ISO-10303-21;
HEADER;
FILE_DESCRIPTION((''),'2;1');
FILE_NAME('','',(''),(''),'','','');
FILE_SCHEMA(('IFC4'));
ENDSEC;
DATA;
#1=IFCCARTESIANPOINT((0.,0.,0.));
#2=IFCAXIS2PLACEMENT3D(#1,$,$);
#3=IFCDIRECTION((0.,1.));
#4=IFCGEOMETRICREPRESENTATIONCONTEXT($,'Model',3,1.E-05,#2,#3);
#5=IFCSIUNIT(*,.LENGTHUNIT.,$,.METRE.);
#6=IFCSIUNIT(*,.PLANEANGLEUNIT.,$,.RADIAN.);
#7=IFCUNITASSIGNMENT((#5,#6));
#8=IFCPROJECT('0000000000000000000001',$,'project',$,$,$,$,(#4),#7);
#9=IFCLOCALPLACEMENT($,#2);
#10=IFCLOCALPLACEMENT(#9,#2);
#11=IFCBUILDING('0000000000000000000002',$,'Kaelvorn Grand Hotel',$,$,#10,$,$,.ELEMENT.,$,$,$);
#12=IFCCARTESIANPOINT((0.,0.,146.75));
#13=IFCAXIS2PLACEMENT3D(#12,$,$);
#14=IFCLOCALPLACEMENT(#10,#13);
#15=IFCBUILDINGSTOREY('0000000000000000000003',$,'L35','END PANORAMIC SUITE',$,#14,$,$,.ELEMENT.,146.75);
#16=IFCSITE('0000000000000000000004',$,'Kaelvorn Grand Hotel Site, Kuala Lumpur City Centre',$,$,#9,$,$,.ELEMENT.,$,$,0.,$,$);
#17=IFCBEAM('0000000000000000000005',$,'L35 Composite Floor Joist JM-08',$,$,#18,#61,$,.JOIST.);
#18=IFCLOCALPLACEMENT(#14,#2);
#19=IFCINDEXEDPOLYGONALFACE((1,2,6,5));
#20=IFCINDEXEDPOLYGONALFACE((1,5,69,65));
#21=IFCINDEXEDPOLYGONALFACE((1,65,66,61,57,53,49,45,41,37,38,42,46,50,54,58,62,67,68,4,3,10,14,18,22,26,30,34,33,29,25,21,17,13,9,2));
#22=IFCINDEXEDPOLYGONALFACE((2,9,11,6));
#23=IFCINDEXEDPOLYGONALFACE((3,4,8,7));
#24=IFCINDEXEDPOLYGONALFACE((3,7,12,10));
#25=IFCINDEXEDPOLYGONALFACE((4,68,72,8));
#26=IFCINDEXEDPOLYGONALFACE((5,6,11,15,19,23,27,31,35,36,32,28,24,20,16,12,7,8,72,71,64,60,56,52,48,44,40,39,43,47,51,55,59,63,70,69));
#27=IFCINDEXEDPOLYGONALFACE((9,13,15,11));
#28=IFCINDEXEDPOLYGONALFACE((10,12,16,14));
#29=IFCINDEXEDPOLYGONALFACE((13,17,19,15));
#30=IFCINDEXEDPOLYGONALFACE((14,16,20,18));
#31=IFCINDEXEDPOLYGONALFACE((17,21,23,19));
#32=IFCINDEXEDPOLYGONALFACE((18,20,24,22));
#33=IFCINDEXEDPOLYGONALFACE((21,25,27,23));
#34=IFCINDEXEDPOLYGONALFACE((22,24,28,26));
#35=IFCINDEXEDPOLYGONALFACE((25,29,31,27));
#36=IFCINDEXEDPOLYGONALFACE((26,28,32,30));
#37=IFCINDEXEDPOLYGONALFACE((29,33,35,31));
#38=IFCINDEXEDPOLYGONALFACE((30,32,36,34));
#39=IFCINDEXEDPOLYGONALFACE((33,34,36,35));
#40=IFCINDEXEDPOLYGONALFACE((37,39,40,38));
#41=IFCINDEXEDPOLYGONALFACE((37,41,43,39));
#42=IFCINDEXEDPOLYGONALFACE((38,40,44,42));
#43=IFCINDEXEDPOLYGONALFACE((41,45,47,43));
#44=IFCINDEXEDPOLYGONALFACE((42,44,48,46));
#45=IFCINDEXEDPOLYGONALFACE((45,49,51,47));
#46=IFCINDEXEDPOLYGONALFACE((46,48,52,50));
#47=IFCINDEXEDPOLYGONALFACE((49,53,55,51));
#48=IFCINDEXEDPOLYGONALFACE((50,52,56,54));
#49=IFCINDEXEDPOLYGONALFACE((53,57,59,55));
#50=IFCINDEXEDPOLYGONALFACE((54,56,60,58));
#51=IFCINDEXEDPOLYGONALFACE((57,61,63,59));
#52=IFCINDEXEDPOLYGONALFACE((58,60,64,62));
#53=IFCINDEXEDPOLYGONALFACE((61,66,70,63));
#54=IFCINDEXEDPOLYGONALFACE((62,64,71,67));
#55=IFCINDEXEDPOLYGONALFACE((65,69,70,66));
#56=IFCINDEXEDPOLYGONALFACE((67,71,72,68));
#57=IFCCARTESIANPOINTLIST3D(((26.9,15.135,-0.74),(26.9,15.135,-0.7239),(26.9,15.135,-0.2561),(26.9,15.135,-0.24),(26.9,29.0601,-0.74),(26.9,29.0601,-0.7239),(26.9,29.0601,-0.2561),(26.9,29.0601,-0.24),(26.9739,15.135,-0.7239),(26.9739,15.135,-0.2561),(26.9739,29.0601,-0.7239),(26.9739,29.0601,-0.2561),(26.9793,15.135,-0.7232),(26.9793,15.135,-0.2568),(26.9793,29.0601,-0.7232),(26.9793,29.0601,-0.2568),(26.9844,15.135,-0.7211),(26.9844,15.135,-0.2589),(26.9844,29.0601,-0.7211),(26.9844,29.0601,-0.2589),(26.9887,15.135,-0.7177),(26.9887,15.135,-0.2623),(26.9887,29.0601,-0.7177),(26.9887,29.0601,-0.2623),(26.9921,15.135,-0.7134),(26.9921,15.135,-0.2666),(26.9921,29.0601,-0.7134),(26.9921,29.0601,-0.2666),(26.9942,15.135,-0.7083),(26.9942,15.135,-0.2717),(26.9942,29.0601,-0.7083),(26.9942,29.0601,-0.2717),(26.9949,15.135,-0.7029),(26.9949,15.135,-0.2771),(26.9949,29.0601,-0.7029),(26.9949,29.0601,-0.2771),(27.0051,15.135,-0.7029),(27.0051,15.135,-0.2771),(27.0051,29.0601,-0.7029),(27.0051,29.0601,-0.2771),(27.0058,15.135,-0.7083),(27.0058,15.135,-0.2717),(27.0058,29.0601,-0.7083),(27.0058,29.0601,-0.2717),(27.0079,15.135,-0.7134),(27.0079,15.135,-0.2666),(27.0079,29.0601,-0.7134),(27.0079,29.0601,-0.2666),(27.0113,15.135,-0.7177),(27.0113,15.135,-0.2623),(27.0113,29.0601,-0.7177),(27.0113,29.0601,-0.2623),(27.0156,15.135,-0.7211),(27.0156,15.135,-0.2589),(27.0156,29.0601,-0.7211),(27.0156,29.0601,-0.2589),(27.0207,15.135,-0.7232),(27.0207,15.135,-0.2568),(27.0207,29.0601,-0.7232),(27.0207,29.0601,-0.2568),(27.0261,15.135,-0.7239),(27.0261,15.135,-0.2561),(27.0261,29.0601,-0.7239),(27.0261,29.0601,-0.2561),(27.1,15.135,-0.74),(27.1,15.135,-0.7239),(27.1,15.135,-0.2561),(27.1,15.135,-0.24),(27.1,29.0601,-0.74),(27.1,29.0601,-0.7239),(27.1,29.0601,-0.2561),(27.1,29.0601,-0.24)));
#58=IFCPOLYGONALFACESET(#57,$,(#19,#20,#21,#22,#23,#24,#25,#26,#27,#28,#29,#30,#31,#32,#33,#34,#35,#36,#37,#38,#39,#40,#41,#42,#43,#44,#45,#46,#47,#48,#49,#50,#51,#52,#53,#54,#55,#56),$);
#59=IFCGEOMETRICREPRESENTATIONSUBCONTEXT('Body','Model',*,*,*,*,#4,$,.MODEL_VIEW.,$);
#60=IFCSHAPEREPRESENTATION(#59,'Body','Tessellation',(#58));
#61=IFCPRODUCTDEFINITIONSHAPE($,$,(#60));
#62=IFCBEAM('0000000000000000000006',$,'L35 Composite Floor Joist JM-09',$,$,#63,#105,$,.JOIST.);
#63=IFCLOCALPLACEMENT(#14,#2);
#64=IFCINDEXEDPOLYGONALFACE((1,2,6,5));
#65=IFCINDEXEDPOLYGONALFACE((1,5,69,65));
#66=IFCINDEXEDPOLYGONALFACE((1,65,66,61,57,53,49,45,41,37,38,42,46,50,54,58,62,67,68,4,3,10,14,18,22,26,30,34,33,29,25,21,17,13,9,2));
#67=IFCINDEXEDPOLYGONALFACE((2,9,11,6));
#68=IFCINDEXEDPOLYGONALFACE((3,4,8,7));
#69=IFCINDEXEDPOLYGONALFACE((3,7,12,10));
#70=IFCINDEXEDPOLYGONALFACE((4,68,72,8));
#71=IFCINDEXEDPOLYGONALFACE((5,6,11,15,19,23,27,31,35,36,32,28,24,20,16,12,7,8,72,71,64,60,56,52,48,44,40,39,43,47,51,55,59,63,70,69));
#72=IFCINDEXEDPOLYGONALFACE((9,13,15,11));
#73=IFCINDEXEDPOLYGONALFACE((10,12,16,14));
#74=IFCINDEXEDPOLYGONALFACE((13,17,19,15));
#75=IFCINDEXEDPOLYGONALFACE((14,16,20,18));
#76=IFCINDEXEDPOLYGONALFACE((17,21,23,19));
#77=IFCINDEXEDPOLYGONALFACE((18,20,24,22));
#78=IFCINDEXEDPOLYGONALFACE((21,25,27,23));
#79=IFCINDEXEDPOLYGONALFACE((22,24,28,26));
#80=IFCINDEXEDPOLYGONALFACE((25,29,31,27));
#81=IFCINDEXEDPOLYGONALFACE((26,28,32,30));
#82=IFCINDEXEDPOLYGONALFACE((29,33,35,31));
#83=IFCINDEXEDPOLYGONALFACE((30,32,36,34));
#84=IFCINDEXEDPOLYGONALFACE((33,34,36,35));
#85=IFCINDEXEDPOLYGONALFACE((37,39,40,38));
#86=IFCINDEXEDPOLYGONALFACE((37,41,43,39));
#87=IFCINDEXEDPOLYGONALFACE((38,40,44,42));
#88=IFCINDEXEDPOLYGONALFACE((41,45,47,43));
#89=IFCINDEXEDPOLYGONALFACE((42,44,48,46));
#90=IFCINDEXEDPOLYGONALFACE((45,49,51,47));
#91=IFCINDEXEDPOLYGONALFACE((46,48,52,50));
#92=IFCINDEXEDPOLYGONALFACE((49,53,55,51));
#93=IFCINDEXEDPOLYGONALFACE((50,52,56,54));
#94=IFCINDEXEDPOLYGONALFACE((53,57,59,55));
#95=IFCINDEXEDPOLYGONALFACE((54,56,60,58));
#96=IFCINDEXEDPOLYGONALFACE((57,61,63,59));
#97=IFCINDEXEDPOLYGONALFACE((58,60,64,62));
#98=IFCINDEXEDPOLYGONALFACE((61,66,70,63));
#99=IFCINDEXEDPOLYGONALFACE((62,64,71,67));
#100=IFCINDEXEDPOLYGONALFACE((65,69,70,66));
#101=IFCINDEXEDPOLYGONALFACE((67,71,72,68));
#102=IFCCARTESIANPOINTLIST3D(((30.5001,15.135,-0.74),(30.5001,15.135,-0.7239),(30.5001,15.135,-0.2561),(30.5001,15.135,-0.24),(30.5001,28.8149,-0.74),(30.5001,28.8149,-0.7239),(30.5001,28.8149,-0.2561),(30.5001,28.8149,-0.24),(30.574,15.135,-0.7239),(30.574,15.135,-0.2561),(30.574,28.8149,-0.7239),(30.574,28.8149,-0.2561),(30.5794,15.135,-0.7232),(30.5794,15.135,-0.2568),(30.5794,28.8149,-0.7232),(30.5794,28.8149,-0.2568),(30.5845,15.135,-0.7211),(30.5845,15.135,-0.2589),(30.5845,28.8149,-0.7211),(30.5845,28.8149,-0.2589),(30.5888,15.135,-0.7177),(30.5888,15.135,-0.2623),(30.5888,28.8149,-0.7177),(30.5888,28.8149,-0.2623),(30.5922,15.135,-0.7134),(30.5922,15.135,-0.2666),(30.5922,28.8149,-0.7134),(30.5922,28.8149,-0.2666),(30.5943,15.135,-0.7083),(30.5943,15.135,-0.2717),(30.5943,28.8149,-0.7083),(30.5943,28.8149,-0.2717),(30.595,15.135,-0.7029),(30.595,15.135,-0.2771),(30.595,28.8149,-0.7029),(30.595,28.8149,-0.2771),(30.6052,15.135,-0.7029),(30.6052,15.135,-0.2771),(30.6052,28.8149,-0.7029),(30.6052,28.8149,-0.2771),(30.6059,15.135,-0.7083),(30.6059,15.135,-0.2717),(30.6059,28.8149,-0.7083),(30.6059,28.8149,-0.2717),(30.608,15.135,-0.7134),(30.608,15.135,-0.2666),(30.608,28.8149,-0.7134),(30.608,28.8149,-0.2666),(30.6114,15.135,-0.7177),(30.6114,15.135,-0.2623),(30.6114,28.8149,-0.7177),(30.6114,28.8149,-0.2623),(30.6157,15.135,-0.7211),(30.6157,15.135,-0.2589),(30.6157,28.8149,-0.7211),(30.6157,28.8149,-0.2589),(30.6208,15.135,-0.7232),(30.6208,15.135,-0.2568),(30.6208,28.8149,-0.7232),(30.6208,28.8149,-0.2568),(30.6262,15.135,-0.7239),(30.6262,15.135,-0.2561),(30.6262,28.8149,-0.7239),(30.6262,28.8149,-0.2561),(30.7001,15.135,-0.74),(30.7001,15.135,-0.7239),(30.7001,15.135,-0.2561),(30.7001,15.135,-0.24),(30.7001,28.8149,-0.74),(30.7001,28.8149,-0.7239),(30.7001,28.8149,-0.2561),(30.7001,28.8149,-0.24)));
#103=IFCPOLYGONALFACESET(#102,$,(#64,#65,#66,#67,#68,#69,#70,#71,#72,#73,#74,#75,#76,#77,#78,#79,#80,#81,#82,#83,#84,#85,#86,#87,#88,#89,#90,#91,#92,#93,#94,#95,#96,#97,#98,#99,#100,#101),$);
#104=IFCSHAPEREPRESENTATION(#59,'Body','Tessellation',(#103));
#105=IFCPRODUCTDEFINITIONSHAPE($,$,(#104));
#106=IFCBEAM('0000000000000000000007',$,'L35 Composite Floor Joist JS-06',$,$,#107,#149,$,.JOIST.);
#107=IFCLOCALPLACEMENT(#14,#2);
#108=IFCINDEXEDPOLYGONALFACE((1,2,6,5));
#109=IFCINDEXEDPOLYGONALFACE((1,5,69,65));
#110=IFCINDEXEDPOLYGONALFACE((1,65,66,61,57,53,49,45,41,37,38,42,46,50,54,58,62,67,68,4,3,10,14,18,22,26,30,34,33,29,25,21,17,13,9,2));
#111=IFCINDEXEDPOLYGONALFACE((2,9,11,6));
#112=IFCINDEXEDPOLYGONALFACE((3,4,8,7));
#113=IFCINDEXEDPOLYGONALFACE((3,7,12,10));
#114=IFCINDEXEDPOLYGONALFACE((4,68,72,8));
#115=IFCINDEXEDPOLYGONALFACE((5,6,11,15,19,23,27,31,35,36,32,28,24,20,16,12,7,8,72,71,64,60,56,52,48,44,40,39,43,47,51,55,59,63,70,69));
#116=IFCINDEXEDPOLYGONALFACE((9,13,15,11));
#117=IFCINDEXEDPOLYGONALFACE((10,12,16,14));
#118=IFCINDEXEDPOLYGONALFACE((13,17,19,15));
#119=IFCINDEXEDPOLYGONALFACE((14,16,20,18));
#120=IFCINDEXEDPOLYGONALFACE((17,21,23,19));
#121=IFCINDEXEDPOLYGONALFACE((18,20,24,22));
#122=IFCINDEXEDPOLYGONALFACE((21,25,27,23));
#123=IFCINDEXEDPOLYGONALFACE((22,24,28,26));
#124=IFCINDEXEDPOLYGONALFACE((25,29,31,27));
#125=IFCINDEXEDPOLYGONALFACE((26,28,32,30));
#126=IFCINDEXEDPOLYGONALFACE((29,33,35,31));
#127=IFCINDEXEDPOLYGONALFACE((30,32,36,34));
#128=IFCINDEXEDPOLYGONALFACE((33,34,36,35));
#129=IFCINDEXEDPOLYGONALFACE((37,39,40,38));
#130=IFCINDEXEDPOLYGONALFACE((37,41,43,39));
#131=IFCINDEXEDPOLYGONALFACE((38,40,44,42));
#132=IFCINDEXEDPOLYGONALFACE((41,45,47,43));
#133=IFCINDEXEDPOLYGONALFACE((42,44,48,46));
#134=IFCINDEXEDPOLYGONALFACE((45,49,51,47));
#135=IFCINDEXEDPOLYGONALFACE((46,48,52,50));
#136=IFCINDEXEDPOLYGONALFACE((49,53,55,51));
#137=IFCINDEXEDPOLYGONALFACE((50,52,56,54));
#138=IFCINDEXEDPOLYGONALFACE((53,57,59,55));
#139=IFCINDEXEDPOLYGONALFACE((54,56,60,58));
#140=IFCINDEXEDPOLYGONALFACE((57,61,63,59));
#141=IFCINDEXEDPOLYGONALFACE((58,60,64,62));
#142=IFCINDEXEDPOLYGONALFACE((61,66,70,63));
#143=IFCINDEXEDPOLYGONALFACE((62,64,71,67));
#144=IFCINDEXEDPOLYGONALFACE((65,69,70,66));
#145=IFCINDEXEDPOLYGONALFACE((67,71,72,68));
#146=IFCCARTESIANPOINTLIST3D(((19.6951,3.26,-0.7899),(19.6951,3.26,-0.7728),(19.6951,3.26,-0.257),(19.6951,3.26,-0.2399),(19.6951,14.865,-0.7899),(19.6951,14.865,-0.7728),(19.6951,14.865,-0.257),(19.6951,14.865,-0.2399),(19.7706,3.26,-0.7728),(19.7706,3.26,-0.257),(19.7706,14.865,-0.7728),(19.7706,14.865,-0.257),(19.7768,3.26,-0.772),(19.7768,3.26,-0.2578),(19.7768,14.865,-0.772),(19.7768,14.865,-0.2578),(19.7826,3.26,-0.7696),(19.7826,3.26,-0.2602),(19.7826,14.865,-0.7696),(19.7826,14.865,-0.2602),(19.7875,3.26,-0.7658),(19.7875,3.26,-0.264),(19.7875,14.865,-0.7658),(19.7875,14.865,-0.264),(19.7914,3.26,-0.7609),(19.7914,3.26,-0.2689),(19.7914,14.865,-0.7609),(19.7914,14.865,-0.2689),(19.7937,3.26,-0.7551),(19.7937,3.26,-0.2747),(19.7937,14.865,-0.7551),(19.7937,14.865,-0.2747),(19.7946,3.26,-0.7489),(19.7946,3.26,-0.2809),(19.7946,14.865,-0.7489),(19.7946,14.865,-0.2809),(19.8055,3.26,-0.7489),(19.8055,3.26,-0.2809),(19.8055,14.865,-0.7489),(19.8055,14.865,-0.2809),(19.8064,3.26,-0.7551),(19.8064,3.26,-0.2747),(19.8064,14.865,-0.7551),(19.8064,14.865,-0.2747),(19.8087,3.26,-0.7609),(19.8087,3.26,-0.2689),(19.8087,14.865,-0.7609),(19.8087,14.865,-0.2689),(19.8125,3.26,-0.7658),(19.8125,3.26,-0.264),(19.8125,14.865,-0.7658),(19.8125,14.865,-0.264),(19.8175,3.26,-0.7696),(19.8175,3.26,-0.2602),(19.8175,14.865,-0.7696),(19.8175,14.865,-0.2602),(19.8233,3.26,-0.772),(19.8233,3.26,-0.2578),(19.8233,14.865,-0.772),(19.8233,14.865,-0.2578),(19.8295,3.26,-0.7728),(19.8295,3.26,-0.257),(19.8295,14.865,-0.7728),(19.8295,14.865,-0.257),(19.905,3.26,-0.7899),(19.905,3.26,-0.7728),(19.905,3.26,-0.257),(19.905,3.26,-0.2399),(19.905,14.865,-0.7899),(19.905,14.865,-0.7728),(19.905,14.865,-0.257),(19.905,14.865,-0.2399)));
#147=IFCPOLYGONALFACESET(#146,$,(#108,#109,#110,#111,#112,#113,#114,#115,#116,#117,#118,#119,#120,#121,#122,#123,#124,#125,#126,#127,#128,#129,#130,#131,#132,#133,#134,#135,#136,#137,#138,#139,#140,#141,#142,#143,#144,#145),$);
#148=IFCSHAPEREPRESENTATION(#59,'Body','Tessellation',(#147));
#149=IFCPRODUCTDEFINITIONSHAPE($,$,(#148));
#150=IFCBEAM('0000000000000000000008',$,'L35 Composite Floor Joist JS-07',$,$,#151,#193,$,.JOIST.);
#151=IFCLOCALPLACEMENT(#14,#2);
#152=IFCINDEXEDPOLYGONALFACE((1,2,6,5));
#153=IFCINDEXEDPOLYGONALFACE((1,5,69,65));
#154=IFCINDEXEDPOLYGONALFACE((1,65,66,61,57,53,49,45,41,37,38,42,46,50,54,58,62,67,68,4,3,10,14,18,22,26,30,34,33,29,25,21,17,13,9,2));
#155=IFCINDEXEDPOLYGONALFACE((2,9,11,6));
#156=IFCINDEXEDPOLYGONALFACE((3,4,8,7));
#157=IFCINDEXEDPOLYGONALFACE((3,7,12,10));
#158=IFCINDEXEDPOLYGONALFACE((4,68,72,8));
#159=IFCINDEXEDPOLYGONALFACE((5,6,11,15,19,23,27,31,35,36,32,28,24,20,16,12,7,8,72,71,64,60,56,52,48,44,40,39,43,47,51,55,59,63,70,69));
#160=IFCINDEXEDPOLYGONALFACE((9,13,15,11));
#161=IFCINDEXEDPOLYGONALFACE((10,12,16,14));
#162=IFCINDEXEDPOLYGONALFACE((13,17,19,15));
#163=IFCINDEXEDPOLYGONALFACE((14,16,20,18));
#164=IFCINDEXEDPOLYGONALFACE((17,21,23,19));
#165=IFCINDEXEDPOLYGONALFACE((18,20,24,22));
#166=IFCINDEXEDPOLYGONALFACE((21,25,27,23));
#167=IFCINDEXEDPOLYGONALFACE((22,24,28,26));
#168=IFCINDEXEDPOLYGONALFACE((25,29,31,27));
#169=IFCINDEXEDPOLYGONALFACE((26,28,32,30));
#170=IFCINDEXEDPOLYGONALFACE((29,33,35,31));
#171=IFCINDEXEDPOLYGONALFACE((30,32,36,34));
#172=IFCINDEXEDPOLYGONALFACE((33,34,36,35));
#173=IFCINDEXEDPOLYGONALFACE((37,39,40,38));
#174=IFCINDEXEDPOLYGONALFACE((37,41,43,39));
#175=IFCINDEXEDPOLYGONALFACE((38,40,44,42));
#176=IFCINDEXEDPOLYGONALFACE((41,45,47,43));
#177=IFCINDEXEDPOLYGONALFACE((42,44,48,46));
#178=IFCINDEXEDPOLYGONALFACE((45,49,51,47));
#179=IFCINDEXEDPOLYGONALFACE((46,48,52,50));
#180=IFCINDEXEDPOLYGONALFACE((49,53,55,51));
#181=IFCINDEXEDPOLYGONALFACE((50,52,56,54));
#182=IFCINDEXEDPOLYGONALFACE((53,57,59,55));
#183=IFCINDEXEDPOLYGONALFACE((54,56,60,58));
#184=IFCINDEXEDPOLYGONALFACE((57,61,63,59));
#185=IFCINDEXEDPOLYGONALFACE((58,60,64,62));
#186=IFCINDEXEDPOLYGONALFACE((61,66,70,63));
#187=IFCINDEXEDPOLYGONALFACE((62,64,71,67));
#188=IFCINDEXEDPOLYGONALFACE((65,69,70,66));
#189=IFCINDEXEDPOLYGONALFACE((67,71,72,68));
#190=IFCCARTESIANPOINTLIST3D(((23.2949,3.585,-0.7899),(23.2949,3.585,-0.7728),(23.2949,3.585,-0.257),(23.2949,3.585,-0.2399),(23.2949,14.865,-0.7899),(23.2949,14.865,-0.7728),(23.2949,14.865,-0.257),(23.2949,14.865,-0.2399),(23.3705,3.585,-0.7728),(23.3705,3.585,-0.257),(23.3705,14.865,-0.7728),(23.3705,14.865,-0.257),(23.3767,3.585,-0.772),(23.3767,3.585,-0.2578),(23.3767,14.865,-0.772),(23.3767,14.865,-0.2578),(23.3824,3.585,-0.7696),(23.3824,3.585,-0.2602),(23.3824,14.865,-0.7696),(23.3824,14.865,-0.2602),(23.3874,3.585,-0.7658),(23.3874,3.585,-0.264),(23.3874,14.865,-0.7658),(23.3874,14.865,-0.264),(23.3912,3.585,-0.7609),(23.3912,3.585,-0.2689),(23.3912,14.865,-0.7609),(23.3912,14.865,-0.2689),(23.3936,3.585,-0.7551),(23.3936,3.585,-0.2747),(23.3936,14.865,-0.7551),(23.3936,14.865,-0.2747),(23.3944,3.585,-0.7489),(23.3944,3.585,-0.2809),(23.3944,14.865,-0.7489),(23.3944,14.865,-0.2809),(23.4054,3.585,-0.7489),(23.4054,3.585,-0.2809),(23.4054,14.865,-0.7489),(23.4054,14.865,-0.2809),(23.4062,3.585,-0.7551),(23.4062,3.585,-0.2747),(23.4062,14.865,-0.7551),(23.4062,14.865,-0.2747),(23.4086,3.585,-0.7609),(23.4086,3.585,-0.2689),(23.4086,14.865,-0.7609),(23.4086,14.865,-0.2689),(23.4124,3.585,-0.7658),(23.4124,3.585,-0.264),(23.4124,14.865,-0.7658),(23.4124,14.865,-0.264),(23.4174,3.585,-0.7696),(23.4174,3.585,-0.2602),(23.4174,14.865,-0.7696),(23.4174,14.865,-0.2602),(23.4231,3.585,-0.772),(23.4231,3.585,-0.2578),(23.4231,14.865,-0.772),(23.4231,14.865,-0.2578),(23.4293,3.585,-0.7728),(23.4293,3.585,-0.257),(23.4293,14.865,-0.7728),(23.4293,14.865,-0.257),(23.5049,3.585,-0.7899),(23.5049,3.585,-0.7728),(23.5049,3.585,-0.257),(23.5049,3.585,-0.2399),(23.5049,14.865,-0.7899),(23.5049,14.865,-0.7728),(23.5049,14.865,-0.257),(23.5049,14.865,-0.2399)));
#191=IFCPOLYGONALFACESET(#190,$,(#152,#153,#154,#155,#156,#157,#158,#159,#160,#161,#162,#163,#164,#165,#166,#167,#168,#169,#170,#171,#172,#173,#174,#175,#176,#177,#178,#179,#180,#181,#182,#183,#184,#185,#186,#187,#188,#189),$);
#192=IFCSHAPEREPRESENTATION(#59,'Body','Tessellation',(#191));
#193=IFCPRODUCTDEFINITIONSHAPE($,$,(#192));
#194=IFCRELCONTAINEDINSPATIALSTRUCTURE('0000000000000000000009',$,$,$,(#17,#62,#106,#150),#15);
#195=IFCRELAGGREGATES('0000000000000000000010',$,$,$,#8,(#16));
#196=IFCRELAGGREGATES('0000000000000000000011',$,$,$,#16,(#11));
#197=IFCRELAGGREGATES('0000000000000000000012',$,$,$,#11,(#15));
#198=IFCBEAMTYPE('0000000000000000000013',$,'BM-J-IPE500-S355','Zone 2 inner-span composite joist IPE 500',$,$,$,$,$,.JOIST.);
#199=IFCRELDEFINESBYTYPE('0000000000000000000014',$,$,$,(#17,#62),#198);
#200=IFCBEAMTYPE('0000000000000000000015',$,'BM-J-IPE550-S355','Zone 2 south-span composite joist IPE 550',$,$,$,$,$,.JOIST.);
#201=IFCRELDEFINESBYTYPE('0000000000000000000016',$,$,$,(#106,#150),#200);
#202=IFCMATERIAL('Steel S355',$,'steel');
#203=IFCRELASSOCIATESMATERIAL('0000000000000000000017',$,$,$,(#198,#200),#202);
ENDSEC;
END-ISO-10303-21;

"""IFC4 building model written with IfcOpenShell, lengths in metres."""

from ifc_helpers import new_model, si_unit, direction, frame, origin, origin_2d, place, context, subcontext, project, spatial, i_section, extrude, material, material_profile, profile_set, type_object, element, save


model = new_model("IFC4")

# Units and contexts
model_context = context("Model", 3, precision=1e-05, world=origin(), true_north=direction((0.0, 1.0)))
body_context = subcontext(model_context, "Body", "Model", "MODEL_VIEW")
ifc_project = project(units=[si_unit("LENGTHUNIT", "METRE"), si_unit("PLANEANGLEUNIT", "RADIAN")], contexts=[model_context])

# Site, building, storey
site_placement = place(None, origin())
site = spatial("IfcSite", under=ifc_project, at=site_placement, Name="Kaelvorn Grand Hotel Site, Kuala Lumpur City Centre", CompositionType="ELEMENT", RefElevation=0.0)
building_placement = place(site_placement, origin())
building = spatial("IfcBuilding", under=site, at=building_placement, Name="Kaelvorn Grand Hotel", CompositionType="ELEMENT")
storey_placement = place(building_placement, frame((0.0, 0.0, 146.75)))
storey = spatial("IfcBuildingStorey", under=building, at=storey_placement, Name="L35", Description="END PANORAMIC SUITE", CompositionType="ELEMENT", Elevation=146.75)

# Beams
ifc_material_1 = material(Name="Steel S355", Category="steel")
ifc_material_profile_1 = material_profile(ifc_material_1, i_section(OverallWidth=0.2, OverallDepth=0.5, WebThickness=0.0103, FlangeThickness=0.0161, FilletRadius=0.021, at=origin_2d()), Name="IPE 500")
ifc_profile_set_1 = profile_set([ifc_material_profile_1], Name="Steel S355")
beam_type_1 = type_object("IfcBeamType", Name="BM-J-IPE500-S355", Description="Zone 2 inner-span composite joist IPE 500", PredefinedType="JOIST", material=ifc_profile_set_1)
beam_1_placement = place(storey_placement, frame((27.0, 15.135, -0.49), z_axis=(0.0, 1.0, 0.0), x_axis=(-1.0, 0.0, 0.0)))
element("IfcBeam", 1, at=beam_1_placement, inside=storey, type_object=beam_type_1, Name="L35 Composite Floor Joist JM-08", PredefinedType="JOIST", context=body_context, shape_type="SweptSolid", body=[
    extrude(i_section(OverallWidth=0.2, OverallDepth=0.5, WebThickness=0.0103, FlangeThickness=0.0161, FilletRadius=0.021, at=origin_2d()), origin(), (0.0, 0.0, 1.0), 13.925),
])
beam_2_placement = place(storey_placement, frame((30.6001, 15.135, -0.49), z_axis=(0.0, 1.0, 0.0), x_axis=(-1.0, 0.0, 0.0)))
element("IfcBeam", 2, at=beam_2_placement, inside=storey, type_object=beam_type_1, Name="L35 Composite Floor Joist JM-09", PredefinedType="JOIST", context=body_context, shape_type="SweptSolid", body=[
    extrude(i_section(OverallWidth=0.2, OverallDepth=0.5, WebThickness=0.0103, FlangeThickness=0.0161, FilletRadius=0.021, at=origin_2d()), origin(), (0.0, 0.0, 1.0), 13.6799),
])
ifc_material_profile_2 = material_profile(ifc_material_1, i_section(OverallWidth=0.21, OverallDepth=0.55, WebThickness=0.011, FlangeThickness=0.0171, FilletRadius=0.0239, at=origin_2d()), Name="IPE 550")
ifc_profile_set_2 = profile_set([ifc_material_profile_2], Name="Steel S355")
beam_type_2 = type_object("IfcBeamType", Name="BM-J-IPE550-S355", Description="Zone 2 south-span composite joist IPE 550", PredefinedType="JOIST", material=ifc_profile_set_2)
beam_3_placement = place(storey_placement, frame((19.8, 3.26, -0.5149), z_axis=(0.0, 1.0, 0.0), x_axis=(-1.0, 0.0, 0.0)))
element("IfcBeam", 3, at=beam_3_placement, inside=storey, type_object=beam_type_2, Name="L35 Composite Floor Joist JS-06", PredefinedType="JOIST", context=body_context, shape_type="SweptSolid", body=[
    extrude(i_section(OverallWidth=0.21, OverallDepth=0.55, WebThickness=0.011, FlangeThickness=0.0171, FilletRadius=0.0239, at=origin_2d()), origin(), (0.0, 0.0, 1.0), 11.605),
])
beam_4_placement = place(storey_placement, frame((23.3999, 3.585, -0.5149), z_axis=(0.0, 1.0, 0.0), x_axis=(-1.0, 0.0, 0.0)))
element("IfcBeam", 4, at=beam_4_placement, inside=storey, type_object=beam_type_2, Name="L35 Composite Floor Joist JS-07", PredefinedType="JOIST", context=body_context, shape_type="SweptSolid", body=[
    extrude(i_section(OverallWidth=0.21, OverallDepth=0.55, WebThickness=0.011, FlangeThickness=0.0171, FilletRadius=0.0239, at=origin_2d()), origin(), (0.0, 0.0, 1.0), 11.28),
])

save(model, "model.ifc")
